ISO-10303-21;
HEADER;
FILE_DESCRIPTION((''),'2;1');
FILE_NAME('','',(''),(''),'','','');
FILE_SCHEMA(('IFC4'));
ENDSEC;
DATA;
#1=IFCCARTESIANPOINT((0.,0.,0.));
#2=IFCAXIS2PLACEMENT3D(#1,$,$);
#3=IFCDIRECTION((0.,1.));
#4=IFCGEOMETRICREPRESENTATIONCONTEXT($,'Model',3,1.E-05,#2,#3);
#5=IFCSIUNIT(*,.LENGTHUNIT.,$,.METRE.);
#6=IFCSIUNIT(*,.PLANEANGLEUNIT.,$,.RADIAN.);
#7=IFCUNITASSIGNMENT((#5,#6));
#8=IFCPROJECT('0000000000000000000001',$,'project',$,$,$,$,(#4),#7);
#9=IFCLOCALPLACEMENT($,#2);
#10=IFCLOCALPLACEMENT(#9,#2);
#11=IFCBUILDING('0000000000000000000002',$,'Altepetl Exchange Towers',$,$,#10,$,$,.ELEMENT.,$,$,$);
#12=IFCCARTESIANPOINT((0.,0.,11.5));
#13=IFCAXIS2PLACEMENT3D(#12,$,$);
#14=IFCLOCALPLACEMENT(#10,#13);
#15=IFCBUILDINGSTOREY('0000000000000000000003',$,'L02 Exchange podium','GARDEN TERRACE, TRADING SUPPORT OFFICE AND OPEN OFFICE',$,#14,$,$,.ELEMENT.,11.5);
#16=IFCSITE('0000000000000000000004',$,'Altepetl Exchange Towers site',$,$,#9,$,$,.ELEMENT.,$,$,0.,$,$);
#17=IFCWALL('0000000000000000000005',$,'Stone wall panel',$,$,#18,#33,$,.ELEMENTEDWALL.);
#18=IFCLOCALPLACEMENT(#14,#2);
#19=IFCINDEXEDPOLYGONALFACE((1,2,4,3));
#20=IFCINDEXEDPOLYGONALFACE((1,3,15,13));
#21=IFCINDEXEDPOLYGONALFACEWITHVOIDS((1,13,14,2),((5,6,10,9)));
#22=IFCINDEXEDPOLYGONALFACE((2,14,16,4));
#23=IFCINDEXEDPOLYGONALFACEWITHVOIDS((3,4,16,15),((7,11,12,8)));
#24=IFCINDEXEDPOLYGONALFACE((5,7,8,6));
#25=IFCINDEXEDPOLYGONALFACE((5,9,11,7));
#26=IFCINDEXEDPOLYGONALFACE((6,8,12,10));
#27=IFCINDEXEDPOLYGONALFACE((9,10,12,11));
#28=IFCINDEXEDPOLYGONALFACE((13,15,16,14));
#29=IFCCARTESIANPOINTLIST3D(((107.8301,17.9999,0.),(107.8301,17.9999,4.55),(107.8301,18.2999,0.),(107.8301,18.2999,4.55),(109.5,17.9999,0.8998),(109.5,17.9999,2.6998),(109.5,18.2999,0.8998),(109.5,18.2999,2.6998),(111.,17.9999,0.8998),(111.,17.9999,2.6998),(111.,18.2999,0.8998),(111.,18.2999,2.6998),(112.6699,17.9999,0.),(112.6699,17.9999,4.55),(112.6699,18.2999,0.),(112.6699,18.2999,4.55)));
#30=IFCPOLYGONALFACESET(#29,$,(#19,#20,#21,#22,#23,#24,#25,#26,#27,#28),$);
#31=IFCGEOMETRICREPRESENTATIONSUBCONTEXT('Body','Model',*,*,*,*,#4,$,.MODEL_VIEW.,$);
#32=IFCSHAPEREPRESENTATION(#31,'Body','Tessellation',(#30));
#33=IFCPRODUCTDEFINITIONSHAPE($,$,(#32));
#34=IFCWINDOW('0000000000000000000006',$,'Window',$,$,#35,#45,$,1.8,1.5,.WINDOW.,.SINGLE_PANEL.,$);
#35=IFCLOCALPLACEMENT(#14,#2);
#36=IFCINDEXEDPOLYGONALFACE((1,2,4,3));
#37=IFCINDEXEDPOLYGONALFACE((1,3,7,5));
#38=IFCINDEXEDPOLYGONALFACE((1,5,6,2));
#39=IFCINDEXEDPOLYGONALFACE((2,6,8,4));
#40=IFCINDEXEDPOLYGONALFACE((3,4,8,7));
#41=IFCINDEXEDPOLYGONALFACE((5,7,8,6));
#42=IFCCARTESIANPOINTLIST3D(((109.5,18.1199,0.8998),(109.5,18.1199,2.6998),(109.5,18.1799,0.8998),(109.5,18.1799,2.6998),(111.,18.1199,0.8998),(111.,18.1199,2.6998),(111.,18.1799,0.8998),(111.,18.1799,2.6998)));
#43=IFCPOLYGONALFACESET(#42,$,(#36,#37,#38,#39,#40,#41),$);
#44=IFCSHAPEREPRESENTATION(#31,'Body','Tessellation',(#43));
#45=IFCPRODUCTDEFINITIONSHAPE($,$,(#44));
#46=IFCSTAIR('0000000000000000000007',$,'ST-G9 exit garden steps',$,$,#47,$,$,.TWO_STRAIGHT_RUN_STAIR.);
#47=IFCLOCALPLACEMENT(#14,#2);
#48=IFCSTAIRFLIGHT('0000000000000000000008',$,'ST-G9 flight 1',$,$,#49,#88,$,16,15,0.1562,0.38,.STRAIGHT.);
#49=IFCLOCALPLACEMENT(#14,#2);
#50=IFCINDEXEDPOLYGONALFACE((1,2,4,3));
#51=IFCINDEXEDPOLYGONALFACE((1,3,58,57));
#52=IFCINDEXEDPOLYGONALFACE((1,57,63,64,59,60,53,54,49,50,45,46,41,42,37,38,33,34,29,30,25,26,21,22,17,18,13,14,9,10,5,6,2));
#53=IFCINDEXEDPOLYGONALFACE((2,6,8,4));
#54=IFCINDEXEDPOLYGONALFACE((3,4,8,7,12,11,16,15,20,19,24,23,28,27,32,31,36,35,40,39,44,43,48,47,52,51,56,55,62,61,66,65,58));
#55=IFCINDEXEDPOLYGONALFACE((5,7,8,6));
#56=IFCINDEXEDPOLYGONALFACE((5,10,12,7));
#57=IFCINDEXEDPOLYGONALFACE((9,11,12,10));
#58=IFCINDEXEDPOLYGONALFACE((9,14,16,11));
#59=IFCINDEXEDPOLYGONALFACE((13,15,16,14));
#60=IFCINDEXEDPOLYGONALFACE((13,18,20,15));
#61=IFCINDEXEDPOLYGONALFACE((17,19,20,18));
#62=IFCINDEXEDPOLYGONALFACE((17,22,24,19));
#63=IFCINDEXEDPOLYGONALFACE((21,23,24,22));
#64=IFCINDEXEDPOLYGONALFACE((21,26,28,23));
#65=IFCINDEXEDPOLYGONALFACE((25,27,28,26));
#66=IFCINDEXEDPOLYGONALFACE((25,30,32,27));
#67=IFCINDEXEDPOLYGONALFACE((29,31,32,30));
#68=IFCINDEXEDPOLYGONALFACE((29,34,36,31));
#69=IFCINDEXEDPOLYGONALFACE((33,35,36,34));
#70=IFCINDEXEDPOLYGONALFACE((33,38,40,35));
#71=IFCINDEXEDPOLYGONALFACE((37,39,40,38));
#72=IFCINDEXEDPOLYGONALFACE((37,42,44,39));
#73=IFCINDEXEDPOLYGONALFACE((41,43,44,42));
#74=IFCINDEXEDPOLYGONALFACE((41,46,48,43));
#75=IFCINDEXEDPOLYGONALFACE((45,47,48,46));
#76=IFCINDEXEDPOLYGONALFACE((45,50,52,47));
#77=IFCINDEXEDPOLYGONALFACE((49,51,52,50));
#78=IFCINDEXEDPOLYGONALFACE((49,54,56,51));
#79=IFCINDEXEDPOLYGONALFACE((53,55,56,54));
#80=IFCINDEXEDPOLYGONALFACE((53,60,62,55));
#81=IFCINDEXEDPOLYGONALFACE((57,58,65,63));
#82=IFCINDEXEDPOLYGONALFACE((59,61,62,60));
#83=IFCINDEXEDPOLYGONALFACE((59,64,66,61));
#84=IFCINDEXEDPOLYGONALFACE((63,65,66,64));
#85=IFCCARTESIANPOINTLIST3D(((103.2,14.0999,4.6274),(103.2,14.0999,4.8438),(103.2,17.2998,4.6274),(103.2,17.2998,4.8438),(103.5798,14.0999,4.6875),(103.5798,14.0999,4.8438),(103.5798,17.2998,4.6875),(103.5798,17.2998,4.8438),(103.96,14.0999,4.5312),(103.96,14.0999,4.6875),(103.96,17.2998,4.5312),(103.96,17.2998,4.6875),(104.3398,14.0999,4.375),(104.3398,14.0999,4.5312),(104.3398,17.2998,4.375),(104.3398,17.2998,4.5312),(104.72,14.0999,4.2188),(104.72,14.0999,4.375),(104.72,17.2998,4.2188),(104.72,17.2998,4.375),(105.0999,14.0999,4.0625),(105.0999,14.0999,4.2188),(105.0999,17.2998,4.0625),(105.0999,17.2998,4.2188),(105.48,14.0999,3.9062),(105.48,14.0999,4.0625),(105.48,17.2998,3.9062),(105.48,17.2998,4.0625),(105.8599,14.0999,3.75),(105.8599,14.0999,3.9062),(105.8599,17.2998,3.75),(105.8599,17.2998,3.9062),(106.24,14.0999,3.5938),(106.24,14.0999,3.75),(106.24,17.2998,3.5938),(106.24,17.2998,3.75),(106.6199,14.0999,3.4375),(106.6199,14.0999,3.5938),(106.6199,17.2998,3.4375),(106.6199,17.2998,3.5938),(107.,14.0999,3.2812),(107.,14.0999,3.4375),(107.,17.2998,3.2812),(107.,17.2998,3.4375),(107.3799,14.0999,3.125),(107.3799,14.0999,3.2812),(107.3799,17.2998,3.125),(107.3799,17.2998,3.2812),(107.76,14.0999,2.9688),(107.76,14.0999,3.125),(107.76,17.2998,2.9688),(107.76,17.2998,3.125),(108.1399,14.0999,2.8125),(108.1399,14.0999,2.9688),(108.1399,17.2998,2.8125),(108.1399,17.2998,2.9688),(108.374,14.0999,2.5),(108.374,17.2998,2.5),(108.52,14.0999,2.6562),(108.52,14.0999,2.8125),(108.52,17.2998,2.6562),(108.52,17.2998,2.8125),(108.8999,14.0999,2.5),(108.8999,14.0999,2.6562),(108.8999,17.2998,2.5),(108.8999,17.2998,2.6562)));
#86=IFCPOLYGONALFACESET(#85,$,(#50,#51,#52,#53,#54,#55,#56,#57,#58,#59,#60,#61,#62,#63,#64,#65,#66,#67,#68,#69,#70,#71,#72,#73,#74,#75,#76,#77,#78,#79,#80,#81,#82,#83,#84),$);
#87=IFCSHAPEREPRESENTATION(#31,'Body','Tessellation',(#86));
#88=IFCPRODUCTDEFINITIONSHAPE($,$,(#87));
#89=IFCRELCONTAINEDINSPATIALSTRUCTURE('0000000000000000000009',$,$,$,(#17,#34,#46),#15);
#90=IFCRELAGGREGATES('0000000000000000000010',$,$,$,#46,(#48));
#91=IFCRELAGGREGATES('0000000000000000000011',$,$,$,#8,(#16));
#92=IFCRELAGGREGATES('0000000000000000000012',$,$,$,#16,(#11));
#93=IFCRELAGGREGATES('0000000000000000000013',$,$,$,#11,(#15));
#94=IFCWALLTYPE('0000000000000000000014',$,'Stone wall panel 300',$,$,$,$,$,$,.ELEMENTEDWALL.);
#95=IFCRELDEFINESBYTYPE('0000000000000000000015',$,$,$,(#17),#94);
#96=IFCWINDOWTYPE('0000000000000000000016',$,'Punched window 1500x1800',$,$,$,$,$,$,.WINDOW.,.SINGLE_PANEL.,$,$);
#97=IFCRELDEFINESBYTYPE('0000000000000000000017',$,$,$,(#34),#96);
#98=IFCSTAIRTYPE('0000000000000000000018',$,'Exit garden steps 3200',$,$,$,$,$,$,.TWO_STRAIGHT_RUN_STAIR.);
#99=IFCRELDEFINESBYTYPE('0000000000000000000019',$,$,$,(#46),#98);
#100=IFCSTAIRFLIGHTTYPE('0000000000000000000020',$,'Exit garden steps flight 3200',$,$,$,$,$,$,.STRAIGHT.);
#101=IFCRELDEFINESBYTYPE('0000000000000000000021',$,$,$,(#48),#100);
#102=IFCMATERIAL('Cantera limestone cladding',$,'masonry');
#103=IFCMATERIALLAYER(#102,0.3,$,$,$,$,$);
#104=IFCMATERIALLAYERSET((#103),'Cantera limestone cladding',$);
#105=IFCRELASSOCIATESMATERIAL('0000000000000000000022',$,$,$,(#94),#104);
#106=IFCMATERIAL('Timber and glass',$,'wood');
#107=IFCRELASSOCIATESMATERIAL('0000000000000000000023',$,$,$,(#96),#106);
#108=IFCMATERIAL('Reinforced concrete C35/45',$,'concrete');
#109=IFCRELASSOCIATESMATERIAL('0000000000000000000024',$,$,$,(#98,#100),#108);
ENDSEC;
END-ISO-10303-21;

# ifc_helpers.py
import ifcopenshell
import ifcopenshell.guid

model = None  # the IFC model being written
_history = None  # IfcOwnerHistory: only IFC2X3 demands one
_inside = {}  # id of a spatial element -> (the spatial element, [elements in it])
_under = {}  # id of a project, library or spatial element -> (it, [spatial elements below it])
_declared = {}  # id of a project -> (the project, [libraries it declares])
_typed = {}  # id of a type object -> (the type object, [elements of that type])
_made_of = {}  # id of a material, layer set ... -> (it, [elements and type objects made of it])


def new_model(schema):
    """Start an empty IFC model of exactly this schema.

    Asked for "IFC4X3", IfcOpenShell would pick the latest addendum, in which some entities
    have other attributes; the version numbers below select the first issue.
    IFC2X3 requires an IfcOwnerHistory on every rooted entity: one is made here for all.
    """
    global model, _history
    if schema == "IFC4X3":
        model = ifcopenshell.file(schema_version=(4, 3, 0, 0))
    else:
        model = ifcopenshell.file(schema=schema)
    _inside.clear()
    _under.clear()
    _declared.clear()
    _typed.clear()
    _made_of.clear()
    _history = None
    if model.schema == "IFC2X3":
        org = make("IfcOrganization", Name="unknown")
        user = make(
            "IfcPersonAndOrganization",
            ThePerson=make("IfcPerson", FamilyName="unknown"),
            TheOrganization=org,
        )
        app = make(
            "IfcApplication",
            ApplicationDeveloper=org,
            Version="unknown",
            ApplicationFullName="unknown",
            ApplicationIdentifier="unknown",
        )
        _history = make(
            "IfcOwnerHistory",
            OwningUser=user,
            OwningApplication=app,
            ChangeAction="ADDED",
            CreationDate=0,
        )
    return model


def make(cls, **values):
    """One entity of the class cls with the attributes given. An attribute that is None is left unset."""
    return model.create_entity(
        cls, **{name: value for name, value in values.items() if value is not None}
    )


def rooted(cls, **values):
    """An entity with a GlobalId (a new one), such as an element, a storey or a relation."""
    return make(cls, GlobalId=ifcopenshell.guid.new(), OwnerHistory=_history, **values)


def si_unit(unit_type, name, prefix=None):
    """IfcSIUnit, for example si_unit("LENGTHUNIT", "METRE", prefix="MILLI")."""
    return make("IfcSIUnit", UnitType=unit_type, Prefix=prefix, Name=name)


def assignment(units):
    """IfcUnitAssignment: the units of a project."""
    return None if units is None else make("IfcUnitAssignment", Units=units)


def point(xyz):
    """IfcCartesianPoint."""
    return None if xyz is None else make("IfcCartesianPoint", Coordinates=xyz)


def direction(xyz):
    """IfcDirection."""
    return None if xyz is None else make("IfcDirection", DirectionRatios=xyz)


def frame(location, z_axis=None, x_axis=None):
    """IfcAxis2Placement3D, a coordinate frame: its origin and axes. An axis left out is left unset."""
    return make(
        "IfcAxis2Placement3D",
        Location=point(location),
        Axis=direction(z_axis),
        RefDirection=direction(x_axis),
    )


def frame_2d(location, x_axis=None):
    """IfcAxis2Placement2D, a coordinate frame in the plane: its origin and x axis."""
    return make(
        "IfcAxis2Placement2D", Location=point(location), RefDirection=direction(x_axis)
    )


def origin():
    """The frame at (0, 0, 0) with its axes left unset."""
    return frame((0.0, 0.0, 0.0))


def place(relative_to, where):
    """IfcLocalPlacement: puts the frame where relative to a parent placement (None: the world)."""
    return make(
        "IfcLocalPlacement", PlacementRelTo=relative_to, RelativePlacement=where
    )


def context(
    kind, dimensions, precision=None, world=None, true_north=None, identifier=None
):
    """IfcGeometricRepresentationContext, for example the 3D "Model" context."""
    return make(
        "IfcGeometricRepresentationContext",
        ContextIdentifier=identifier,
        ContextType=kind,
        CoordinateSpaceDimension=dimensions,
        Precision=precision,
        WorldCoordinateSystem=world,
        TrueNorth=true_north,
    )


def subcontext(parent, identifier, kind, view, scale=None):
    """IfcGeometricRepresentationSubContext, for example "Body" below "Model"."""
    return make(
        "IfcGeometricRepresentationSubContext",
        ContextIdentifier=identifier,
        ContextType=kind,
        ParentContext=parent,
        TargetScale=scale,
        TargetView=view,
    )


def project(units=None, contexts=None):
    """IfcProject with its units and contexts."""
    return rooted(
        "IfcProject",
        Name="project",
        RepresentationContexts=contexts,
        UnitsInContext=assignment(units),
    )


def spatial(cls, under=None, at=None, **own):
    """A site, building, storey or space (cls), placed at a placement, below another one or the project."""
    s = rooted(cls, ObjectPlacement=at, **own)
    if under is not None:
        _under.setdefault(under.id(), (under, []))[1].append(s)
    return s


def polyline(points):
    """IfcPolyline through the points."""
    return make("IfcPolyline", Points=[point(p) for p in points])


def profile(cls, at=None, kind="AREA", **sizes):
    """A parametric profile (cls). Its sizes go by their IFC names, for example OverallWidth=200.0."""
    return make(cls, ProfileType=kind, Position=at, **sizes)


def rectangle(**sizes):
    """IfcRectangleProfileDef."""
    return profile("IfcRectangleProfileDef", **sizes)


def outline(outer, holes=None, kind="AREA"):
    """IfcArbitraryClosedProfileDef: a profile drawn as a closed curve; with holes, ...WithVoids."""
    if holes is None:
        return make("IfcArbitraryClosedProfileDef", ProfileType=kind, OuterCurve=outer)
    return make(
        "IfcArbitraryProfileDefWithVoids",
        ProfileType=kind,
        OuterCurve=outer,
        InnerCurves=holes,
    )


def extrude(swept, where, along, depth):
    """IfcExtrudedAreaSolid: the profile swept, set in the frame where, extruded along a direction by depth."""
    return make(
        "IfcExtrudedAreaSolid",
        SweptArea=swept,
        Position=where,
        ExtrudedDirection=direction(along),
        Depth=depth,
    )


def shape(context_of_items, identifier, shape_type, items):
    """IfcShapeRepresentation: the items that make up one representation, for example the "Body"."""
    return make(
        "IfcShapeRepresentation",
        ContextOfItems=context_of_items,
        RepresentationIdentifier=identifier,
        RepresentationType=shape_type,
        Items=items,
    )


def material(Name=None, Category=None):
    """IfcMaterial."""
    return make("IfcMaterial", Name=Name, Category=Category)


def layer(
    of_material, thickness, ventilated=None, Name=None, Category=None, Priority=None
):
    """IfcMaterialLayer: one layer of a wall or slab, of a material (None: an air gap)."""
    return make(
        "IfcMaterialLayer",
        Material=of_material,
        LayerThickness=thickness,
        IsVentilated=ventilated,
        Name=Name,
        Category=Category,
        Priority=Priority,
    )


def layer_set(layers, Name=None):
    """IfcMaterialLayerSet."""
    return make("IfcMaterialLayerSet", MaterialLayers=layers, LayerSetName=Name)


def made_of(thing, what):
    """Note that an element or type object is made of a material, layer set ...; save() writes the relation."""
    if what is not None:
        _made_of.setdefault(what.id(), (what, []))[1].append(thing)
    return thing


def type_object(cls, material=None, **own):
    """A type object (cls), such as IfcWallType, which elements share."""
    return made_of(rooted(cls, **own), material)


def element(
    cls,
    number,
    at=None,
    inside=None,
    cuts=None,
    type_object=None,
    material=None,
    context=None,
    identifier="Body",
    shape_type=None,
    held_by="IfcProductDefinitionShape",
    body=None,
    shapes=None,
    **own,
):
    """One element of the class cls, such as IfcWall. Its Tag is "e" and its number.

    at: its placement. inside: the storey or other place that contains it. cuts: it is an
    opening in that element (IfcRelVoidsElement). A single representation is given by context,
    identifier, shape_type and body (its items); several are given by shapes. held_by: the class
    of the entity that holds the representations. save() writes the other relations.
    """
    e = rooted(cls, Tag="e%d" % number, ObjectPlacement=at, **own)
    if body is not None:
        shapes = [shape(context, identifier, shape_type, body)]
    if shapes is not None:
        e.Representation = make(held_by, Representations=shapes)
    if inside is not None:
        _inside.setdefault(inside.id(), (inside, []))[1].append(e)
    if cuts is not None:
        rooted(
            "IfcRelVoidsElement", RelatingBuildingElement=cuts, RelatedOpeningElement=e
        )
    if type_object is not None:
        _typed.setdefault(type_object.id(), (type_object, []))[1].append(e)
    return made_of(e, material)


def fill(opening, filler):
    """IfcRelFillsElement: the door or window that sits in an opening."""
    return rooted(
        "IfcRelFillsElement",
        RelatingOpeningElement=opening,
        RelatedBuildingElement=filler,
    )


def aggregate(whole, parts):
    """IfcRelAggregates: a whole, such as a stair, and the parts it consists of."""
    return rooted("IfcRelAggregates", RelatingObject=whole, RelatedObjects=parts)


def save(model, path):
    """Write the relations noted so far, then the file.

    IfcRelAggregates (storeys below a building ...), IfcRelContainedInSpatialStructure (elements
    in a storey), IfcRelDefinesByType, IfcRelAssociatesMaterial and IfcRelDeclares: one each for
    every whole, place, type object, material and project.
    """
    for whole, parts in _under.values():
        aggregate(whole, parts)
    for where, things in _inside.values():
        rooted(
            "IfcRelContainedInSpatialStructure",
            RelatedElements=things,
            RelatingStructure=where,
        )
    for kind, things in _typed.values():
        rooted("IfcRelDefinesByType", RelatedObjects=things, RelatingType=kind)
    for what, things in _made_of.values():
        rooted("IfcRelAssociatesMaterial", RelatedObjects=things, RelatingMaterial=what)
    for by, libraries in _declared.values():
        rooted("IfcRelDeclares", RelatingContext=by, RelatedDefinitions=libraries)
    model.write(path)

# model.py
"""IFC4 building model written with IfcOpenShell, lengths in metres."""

from ifc_helpers import new_model, si_unit, direction, frame, frame_2d, origin, place, context, subcontext, project, spatial, polyline, rectangle, outline, extrude, material, layer, layer_set, type_object, element, fill, aggregate, save


model = new_model("IFC4")

# Units and contexts
model_context = context("Model", 3, precision=1e-05, world=origin(), true_north=direction((0.0, 1.0)))
body_context = subcontext(model_context, "Body", "Model", "MODEL_VIEW")
ifc_project = project(units=[si_unit("LENGTHUNIT", "METRE"), si_unit("PLANEANGLEUNIT", "RADIAN")], contexts=[model_context])

# Site, building, storey
site_placement = place(None, origin())
site = spatial("IfcSite", under=ifc_project, at=site_placement, Name="Altepetl Exchange Towers site", CompositionType="ELEMENT", RefElevation=0.0)
building_placement = place(site_placement, origin())
building = spatial("IfcBuilding", under=site, at=building_placement, Name="Altepetl Exchange Towers", CompositionType="ELEMENT")
storey_placement = place(building_placement, frame((0.0, 0.0, 11.5)))
storey = spatial("IfcBuildingStorey", under=building, at=storey_placement, Name="L02 Exchange podium", Description="GARDEN TERRACE, TRADING SUPPORT OFFICE AND OPEN OFFICE", CompositionType="ELEMENT", Elevation=11.5)

# Shared definitions
ifc_material_1 = material(Name="Reinforced concrete C35/45", Category="concrete")

# Wall, opening, window
ifc_material_2 = material(Name="Cantera limestone cladding", Category="masonry")
ifc_layer_1 = layer(ifc_material_2, 0.3)
ifc_layer_set_1 = layer_set([ifc_layer_1], Name="Cantera limestone cladding")
wall_type_1 = type_object("IfcWallType", Name="Stone wall panel 300", PredefinedType="ELEMENTEDWALL", material=ifc_layer_set_1)
wall_1_placement = place(storey_placement, frame((107.8301, 18.1499, 0.0)))
wall_1 = element("IfcWall", 1, at=wall_1_placement, inside=storey, type_object=wall_type_1, Name="Stone wall panel", PredefinedType="ELEMENTEDWALL", context=body_context, shape_type="SweptSolid", body=[
    extrude(rectangle(XDim=4.8398, YDim=0.3, at=frame_2d((2.4199, 0.0))), origin(), (0.0, 0.0, 1.0), 4.55),
])
opening_placement = place(wall_1_placement, frame((1.6699, 0.0, 0.8999)))
opening = element("IfcOpeningElement", 2, at=opening_placement, cuts=wall_1, PredefinedType="OPENING", context=body_context, shape_type="SweptSolid", body=[
    extrude(rectangle(XDim=1.5, YDim=1.8, at=frame_2d((0.75, 0.8999))), frame((0.0, 0.1602, 0.0), z_axis=(0.0, -1.0, 0.0), x_axis=(1.0, 0.0, 0.0)), (0.0, 0.0, 1.0), 0.3201),
])
ifc_material_3 = material(Name="Timber and glass", Category="wood")
window_type = type_object("IfcWindowType", Name="Punched window 1500x1800", PartitioningType="SINGLE_PANEL", PredefinedType="WINDOW", material=ifc_material_3)
window_placement = place(opening_placement, origin())
window = element("IfcWindow", 3, at=window_placement, inside=storey, type_object=window_type, Name="Window", OverallHeight=1.8, OverallWidth=1.5, PartitioningType="SINGLE_PANEL", PredefinedType="WINDOW", context=body_context, shape_type="SweptSolid", body=[
    extrude(rectangle(XDim=1.5, YDim=1.8, at=frame_2d((0.75, 0.8999))), frame((0.0, 0.03, 0.0), z_axis=(0.0, -1.0, 0.0), x_axis=(1.0, 0.0, 0.0)), (0.0, 0.0, 1.0), 0.0601),
])
fill(opening, window)

# Stair, stair flight
stair_type = type_object("IfcStairType", Name="Exit garden steps 3200", PredefinedType="TWO_STRAIGHT_RUN_STAIR", material=ifc_material_1)
stair_placement = place(storey_placement, origin())
stair = element("IfcStair", 4, at=stair_placement, inside=storey, type_object=stair_type, Name="ST-G9 exit garden steps", PredefinedType="TWO_STRAIGHT_RUN_STAIR")
stair_flight_type = type_object("IfcStairFlightType", Name="Exit garden steps flight 3200", PredefinedType="STRAIGHT", material=ifc_material_1)
stair_flight_placement = place(storey_placement, frame((108.8999, 15.7, 2.5), z_axis=(0.0, 0.0, 1.0), x_axis=(-1.0, 0.0, 0.0)))
stair_flight = element("IfcStairFlight", 5, at=stair_flight_placement, type_object=stair_flight_type, Name="ST-G9 flight 1", NumberOfRisers=16, NumberOfTreads=15, PredefinedType="STRAIGHT", RiserHeight=0.1562, TreadLength=0.38, context=body_context, shape_type="SweptSolid", body=[
    extrude(outline(polyline([(0.0, 0.0), (0.0, 0.1562), (0.3799, 0.1562), (0.3799, 0.3125), (0.76, 0.3125), (0.76, 0.4688), (1.1399, 0.4688), (1.1399, 0.625), (1.52, 0.625), (1.52, 0.7812), (1.8999, 0.7812), (1.8999, 0.9375), (2.28, 0.9375), (2.28, 1.0938), (2.6599, 1.0938), (2.6599, 1.25), (3.04, 1.25), (3.04, 1.4062), (3.4199, 1.4062), (3.4199, 1.5625), (3.8, 1.5625), (3.8, 1.7188), (4.1799, 1.7188), (4.1799, 1.875), (4.5601, 1.875), (4.5601, 2.0312), (4.9399, 2.0312), (4.9399, 2.1875), (5.3201, 2.1875), (5.3201, 2.3438), (5.7, 2.3438), (5.7, 2.5), (5.7, 2.1274), (0.5259, 0.0), (0.0, 0.0)])), frame((0.0, 1.6001, 0.0), z_axis=(0.0, -1.0, 0.0), x_axis=(1.0, 0.0, 0.0)), (0.0, 0.0, 1.0), 3.2),
])
aggregate(stair, [stair_flight])

save(model, "model.ifc")
